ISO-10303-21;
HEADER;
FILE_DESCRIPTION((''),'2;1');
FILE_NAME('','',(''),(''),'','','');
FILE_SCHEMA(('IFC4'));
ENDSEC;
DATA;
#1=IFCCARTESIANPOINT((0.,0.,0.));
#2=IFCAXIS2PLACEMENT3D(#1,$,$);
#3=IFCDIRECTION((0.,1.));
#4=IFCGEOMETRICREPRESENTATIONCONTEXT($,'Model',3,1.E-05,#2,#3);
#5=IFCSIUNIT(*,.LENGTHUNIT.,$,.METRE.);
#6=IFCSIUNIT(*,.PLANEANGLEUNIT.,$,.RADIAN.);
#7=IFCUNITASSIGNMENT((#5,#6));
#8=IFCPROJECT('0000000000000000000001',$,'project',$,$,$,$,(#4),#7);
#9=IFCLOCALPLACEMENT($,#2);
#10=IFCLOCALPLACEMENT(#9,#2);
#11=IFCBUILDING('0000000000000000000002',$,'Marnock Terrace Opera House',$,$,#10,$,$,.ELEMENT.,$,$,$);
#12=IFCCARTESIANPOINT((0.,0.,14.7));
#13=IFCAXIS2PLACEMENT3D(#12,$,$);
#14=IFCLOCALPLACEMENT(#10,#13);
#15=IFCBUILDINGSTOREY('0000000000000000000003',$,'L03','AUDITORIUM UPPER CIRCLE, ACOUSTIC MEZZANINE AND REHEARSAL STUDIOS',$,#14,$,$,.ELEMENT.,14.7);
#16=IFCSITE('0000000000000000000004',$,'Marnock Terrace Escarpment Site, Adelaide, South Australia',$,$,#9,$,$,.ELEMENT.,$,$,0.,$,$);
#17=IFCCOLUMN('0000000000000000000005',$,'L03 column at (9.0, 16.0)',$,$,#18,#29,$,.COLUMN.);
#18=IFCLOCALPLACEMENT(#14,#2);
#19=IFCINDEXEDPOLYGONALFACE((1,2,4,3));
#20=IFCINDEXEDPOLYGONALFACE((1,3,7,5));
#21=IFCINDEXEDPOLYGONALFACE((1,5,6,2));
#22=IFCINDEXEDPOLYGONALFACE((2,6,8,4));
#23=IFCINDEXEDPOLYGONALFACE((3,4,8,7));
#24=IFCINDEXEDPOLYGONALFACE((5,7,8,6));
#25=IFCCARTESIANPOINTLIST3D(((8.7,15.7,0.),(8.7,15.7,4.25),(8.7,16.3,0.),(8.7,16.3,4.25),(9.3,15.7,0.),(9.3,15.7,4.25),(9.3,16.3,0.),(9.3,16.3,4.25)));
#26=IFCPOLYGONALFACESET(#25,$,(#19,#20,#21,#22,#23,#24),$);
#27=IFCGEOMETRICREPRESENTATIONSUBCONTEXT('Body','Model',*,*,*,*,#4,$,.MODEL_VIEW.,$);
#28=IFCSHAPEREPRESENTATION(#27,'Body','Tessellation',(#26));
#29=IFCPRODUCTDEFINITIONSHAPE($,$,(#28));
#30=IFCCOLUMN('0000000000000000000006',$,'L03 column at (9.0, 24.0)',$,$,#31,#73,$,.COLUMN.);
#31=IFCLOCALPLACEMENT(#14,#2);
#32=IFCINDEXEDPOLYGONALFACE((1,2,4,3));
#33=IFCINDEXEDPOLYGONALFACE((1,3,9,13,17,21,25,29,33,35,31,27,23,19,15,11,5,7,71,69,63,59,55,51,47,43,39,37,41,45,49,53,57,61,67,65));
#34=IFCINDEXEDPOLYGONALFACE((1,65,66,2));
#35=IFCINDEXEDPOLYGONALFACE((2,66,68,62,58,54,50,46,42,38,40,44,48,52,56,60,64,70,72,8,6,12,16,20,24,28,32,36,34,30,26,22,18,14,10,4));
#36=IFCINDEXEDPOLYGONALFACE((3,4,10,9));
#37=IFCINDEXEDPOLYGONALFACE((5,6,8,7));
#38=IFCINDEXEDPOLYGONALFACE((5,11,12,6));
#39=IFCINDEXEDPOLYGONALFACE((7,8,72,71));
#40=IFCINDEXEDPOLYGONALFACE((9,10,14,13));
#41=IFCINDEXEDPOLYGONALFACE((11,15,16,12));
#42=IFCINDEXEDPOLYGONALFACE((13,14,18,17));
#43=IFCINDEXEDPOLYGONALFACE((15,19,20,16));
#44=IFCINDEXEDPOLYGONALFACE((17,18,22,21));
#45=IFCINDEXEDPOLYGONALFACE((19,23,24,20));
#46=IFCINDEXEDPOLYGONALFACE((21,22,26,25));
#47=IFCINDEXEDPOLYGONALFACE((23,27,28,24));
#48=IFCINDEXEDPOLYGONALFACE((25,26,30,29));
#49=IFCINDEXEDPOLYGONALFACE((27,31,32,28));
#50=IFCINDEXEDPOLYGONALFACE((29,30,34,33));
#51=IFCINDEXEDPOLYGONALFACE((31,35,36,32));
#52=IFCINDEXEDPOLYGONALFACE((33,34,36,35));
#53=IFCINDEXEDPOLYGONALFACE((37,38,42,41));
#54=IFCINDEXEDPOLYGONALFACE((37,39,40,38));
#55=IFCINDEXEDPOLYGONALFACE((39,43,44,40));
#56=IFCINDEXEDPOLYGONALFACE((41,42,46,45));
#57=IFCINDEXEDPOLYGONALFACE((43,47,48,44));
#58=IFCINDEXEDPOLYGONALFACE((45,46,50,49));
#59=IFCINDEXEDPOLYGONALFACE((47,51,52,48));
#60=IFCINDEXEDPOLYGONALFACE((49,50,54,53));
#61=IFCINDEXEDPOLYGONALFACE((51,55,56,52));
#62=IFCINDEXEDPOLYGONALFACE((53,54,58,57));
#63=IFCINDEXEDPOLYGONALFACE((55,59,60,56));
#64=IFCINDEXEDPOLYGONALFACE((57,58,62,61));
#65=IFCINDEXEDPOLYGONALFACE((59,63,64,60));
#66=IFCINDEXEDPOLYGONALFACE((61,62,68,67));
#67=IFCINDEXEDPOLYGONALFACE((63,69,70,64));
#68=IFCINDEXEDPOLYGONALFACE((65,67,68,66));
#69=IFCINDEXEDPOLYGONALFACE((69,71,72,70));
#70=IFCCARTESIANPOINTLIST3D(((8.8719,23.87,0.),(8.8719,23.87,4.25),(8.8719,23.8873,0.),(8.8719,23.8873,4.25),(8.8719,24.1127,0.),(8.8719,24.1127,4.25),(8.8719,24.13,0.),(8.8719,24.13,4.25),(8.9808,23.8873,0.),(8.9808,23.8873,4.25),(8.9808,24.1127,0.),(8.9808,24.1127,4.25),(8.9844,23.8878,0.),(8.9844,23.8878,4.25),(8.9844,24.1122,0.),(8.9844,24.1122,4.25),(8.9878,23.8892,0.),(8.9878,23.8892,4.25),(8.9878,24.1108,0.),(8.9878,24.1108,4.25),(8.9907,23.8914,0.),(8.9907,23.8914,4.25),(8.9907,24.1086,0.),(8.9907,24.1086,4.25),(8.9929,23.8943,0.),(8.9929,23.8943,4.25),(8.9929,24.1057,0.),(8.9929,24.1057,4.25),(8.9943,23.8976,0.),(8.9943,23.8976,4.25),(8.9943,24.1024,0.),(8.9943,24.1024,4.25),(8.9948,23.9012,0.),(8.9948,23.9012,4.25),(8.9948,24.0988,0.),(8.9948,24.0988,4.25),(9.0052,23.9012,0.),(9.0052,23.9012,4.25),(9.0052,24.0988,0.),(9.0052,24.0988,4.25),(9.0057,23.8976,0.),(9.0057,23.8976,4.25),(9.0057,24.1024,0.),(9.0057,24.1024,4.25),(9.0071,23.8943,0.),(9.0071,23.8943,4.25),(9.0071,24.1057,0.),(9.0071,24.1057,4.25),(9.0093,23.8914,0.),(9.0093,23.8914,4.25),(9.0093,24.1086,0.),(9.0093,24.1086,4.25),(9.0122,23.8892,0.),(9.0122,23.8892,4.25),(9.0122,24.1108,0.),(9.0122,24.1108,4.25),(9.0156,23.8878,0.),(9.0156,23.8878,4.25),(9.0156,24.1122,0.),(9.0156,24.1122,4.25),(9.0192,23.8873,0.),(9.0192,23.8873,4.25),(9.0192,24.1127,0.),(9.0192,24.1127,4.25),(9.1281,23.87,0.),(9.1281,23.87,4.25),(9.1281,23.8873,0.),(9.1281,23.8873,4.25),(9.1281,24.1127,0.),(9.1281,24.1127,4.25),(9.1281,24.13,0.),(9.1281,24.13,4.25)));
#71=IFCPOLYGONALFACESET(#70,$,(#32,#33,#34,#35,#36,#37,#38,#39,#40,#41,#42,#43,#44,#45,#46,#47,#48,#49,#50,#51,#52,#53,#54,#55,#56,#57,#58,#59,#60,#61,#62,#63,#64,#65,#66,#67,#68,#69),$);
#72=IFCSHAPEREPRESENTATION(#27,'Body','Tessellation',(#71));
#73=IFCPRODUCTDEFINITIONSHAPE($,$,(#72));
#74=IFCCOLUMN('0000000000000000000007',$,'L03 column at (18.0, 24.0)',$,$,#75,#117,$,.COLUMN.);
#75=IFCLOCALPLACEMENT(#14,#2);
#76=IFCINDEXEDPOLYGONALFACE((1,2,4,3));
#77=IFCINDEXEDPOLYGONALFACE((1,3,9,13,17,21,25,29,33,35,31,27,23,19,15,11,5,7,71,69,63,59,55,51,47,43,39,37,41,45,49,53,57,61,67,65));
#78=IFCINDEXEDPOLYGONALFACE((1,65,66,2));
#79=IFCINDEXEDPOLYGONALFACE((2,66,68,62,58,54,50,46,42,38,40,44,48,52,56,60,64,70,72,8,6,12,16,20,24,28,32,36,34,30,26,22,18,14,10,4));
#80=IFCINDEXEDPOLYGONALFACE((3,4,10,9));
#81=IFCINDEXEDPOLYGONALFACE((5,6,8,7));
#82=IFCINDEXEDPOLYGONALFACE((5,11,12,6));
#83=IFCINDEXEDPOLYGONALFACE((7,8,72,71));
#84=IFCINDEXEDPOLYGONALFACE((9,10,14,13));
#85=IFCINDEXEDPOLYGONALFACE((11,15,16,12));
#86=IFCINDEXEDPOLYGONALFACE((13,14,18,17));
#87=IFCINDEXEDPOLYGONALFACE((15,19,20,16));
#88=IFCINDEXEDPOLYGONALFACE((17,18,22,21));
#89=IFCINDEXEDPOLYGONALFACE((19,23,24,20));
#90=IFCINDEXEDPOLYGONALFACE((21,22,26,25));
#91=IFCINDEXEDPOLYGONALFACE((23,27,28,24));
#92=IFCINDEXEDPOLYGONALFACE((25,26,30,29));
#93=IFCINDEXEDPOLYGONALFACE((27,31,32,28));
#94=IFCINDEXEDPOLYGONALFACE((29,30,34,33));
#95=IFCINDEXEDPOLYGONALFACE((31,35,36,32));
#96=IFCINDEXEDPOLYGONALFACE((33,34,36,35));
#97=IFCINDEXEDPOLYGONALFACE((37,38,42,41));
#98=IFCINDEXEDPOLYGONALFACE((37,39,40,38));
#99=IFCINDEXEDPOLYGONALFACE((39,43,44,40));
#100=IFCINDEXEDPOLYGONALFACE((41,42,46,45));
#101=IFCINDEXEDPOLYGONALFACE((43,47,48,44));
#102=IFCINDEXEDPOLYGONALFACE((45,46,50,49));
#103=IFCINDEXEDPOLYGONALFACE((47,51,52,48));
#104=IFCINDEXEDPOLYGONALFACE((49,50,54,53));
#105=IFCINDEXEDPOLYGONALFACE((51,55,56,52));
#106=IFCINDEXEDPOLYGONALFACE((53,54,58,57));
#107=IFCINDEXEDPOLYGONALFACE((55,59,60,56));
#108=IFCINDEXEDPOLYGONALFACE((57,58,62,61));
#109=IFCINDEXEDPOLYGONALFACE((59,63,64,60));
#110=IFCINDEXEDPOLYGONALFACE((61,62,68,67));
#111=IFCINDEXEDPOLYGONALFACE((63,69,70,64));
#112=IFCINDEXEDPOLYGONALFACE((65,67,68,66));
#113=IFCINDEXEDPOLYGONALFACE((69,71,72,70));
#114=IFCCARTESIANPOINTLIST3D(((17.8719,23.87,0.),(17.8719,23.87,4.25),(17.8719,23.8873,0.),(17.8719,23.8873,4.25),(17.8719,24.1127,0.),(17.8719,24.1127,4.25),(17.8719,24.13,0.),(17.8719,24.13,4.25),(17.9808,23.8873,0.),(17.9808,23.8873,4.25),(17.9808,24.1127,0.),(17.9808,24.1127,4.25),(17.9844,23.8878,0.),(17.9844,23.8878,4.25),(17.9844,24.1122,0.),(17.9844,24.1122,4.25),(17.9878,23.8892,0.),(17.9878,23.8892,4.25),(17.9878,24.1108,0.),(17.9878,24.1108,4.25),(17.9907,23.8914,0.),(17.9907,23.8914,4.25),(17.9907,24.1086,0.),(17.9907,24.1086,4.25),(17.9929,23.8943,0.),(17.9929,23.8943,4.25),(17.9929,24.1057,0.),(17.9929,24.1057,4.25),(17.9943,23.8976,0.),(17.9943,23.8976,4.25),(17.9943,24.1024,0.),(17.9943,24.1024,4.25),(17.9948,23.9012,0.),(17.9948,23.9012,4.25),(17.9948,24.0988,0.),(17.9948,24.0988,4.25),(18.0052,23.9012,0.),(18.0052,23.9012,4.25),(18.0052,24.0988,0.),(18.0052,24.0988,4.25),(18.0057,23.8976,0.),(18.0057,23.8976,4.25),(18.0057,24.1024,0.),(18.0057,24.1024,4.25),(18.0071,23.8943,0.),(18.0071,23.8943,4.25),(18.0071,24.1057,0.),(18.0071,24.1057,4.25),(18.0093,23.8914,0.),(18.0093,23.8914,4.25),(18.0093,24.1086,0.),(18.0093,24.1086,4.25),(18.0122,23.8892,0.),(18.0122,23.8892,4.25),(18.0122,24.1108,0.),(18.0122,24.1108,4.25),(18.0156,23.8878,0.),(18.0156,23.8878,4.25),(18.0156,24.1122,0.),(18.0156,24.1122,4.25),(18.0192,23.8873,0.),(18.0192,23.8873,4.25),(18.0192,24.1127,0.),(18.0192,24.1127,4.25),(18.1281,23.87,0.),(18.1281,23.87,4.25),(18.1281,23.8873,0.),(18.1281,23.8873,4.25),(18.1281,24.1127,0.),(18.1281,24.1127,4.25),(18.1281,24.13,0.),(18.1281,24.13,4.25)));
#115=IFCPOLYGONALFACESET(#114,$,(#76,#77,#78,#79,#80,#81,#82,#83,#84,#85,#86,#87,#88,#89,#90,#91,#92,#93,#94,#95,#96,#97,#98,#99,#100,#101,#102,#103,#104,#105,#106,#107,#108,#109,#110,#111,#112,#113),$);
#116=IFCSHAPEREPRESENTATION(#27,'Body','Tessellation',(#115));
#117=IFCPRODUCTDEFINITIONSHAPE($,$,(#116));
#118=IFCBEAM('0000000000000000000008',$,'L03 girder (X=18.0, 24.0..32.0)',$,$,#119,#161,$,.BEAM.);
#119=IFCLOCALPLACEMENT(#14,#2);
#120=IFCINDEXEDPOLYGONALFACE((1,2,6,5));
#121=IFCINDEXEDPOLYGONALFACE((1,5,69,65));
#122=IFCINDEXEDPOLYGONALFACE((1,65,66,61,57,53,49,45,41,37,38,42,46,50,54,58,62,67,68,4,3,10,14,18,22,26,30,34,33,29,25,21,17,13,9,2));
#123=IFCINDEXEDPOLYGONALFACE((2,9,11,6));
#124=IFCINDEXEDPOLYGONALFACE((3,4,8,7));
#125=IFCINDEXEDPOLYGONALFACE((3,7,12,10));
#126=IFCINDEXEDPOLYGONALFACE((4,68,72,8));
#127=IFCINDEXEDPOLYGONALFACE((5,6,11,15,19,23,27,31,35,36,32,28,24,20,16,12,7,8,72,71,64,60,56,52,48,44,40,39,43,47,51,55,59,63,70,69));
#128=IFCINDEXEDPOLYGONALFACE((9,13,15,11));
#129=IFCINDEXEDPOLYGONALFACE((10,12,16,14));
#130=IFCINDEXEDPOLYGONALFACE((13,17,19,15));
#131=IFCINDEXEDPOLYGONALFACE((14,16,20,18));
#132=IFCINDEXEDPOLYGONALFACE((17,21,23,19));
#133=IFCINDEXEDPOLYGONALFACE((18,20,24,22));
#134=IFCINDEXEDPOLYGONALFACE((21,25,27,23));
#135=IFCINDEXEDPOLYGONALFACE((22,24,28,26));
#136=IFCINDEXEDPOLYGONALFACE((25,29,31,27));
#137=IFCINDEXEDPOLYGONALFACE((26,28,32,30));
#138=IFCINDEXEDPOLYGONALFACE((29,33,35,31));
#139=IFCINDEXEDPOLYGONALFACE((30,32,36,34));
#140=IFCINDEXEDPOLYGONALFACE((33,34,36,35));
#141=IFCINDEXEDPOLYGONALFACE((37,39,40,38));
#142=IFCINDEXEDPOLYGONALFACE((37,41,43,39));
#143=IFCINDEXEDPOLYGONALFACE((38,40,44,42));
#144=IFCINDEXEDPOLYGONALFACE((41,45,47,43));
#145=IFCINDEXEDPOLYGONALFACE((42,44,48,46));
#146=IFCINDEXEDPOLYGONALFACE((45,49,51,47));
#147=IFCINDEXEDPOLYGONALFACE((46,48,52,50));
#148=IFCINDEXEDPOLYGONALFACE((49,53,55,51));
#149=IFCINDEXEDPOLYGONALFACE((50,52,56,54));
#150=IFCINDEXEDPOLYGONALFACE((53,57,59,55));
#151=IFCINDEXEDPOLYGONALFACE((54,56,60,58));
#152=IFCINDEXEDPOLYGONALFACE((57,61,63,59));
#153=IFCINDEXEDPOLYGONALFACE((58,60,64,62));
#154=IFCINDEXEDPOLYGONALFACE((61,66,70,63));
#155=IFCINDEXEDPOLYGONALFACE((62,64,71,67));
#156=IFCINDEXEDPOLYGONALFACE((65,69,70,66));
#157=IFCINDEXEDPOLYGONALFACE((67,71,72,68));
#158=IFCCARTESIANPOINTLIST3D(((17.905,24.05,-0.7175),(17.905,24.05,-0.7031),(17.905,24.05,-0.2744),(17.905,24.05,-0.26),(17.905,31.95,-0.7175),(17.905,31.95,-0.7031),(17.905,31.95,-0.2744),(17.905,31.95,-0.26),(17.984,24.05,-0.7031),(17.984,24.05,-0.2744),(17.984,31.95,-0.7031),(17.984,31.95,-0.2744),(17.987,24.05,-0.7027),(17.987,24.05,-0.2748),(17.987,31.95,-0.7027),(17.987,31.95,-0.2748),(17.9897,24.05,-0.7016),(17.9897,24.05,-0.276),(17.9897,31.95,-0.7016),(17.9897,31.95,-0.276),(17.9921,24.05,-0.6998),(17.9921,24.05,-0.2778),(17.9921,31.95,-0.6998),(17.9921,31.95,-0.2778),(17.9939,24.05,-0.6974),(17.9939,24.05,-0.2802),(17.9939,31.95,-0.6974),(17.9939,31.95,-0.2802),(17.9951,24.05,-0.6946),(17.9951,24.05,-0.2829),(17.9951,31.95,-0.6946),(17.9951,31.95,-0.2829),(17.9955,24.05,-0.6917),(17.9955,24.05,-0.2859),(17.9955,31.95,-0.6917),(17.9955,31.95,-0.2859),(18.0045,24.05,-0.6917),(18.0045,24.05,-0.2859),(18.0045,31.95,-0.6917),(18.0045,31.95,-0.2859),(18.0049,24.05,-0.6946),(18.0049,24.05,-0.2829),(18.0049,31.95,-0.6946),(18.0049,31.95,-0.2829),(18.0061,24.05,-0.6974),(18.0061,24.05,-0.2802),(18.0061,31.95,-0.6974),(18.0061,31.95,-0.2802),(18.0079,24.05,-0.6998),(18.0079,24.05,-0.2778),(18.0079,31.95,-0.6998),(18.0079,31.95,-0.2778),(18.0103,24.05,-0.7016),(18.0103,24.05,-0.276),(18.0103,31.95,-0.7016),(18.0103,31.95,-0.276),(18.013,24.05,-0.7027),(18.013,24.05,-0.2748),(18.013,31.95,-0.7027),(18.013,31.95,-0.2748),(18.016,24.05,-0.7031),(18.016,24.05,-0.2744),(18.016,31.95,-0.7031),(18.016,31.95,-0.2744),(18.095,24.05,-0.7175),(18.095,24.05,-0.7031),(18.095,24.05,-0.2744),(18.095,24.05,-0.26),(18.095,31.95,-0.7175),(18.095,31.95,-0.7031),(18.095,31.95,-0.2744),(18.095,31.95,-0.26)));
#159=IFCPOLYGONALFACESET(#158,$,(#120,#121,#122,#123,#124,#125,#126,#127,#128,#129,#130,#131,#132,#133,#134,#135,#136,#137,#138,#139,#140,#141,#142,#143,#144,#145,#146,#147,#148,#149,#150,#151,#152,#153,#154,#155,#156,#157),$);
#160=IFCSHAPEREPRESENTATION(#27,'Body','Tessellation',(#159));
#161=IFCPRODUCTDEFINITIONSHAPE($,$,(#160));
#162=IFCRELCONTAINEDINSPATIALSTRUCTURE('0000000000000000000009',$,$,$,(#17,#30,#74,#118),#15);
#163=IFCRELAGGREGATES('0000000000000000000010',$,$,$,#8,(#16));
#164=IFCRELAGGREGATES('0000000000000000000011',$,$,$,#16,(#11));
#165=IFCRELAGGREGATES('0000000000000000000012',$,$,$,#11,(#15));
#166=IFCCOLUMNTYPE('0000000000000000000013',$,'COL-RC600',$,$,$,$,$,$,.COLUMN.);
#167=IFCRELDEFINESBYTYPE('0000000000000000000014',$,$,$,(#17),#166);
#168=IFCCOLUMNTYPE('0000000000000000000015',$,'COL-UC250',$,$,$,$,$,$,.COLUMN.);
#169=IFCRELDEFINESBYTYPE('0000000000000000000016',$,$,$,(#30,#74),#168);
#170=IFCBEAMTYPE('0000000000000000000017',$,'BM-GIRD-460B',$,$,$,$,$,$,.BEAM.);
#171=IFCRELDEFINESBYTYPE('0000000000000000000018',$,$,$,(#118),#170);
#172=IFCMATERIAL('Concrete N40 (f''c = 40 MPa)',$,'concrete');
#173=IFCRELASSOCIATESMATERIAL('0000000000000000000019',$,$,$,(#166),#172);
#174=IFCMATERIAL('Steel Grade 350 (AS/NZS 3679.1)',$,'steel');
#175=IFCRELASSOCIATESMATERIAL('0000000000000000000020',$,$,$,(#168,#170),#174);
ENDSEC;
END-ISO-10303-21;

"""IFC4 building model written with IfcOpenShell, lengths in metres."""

from ifc_helpers import new_model, si_unit, direction, frame, origin, origin_2d, place, context, subcontext, project, spatial, rectangle, i_section, extrude, material, material_profile, profile_set, type_object, element, save


model = new_model("IFC4")

# Units and contexts
model_context = context("Model", 3, precision=1e-05, world=origin(), true_north=direction((0.0, 1.0)))
body_context = subcontext(model_context, "Body", "Model", "MODEL_VIEW")
ifc_project = project(units=[si_unit("LENGTHUNIT", "METRE"), si_unit("PLANEANGLEUNIT", "RADIAN")], contexts=[model_context])

# Site, building, storey
site_placement = place(None, origin())
site = spatial("IfcSite", under=ifc_project, at=site_placement, Name="Marnock Terrace Escarpment Site, Adelaide, South Australia", CompositionType="ELEMENT", RefElevation=0.0)
building_placement = place(site_placement, origin())
building = spatial("IfcBuilding", under=site, at=building_placement, Name="Marnock Terrace Opera House", CompositionType="ELEMENT")
storey_placement = place(building_placement, frame((0.0, 0.0, 14.7)))
storey = spatial("IfcBuildingStorey", under=building, at=storey_placement, Name="L03", Description="AUDITORIUM UPPER CIRCLE, ACOUSTIC MEZZANINE AND REHEARSAL STUDIOS", CompositionType="ELEMENT", Elevation=14.7)

# Columns
ifc_material_1 = material(Name="Concrete N40 (f'c = 40 MPa)", Category="concrete")
ifc_material_profile_1 = material_profile(ifc_material_1, rectangle(XDim=0.6001, YDim=0.6001, at=origin_2d()))
ifc_profile_set_1 = profile_set([ifc_material_profile_1], Name="Concrete N40 (f'c = 40 MPa)")
column_type_1 = type_object("IfcColumnType", Name="COL-RC600", PredefinedType="COLUMN", material=ifc_profile_set_1)
column_placement = place(storey_placement, frame((9.0, 16.0, 0.0), z_axis=(0.0, 0.0, 1.0), x_axis=(1.0, 0.0, 0.0)))
element("IfcColumn", 1, at=column_placement, inside=storey, type_object=column_type_1, Name="L03 column at (9.0, 16.0)", PredefinedType="COLUMN", context=body_context, shape_type="SweptSolid", body=[
    extrude(rectangle(XDim=0.6001, YDim=0.6001, at=origin_2d()), origin(), (0.0, 0.0, 1.0), 4.25),
])
ifc_material_2 = material(Name="Steel Grade 350 (AS/NZS 3679.1)", Category="steel")
ifc_material_profile_2 = material_profile(ifc_material_2, i_section(OverallWidth=0.2561, OverallDepth=0.26, WebThickness=0.0105, FlangeThickness=0.0173, FilletRadius=0.0139, at=origin_2d()))
ifc_profile_set_2 = profile_set([ifc_material_profile_2], Name="Steel Grade 350 (AS/NZS 3679.1)")
column_type_2 = type_object("IfcColumnType", Name="COL-UC250", PredefinedType="COLUMN", material=ifc_profile_set_2)
for number, where, z_axis, x_axis, name in (
    (2, (9.0, 24.0, 0.0), (0.0, 0.0, 1.0), (1.0, 0.0, 0.0), "L03 column at (9.0, 24.0)"),
    (3, (18.0, 24.0, 0.0), (0.0, 0.0, 1.0), (1.0, 0.0, 0.0), "L03 column at (18.0, 24.0)"),
):
    element("IfcColumn", number, at=place(storey_placement, frame(where, z_axis=z_axis, x_axis=x_axis)), inside=storey, type_object=column_type_2, Name=name, PredefinedType="COLUMN", context=body_context, shape_type="SweptSolid", body=[
        extrude(i_section(OverallWidth=0.2561, OverallDepth=0.26, WebThickness=0.0105, FlangeThickness=0.0173, FilletRadius=0.0139, at=origin_2d()), origin(), (0.0, 0.0, 1.0), 4.25),
    ])

# Beam
ifc_material_profile_3 = material_profile(ifc_material_2, i_section(OverallWidth=0.1899, OverallDepth=0.4575, WebThickness=0.009, FlangeThickness=0.0144, FilletRadius=0.0115, at=origin_2d()))
ifc_profile_set_3 = profile_set([ifc_material_profile_3], Name="Steel Grade 350 (AS/NZS 3679.1)")
beam_type_1 = type_object("IfcBeamType", Name="BM-GIRD-460B", PredefinedType="BEAM", material=ifc_profile_set_3)
beam_1_placement = place(storey_placement, frame((18.0, 24.05, -0.4888), z_axis=(0.0, 1.0, 0.0), x_axis=(-1.0, 0.0, 0.0)))
element("IfcBeam", 4, at=beam_1_placement, inside=storey, type_object=beam_type_1, Name="L03 girder (X=18.0, 24.0..32.0)", PredefinedType="BEAM", context=body_context, shape_type="SweptSolid", body=[
    extrude(i_section(OverallWidth=0.1899, OverallDepth=0.4575, WebThickness=0.009, FlangeThickness=0.0144, FilletRadius=0.0115, at=origin_2d()), origin(), (0.0, 0.0, 1.0), 7.8999),
])

save(model, "model.ifc")
